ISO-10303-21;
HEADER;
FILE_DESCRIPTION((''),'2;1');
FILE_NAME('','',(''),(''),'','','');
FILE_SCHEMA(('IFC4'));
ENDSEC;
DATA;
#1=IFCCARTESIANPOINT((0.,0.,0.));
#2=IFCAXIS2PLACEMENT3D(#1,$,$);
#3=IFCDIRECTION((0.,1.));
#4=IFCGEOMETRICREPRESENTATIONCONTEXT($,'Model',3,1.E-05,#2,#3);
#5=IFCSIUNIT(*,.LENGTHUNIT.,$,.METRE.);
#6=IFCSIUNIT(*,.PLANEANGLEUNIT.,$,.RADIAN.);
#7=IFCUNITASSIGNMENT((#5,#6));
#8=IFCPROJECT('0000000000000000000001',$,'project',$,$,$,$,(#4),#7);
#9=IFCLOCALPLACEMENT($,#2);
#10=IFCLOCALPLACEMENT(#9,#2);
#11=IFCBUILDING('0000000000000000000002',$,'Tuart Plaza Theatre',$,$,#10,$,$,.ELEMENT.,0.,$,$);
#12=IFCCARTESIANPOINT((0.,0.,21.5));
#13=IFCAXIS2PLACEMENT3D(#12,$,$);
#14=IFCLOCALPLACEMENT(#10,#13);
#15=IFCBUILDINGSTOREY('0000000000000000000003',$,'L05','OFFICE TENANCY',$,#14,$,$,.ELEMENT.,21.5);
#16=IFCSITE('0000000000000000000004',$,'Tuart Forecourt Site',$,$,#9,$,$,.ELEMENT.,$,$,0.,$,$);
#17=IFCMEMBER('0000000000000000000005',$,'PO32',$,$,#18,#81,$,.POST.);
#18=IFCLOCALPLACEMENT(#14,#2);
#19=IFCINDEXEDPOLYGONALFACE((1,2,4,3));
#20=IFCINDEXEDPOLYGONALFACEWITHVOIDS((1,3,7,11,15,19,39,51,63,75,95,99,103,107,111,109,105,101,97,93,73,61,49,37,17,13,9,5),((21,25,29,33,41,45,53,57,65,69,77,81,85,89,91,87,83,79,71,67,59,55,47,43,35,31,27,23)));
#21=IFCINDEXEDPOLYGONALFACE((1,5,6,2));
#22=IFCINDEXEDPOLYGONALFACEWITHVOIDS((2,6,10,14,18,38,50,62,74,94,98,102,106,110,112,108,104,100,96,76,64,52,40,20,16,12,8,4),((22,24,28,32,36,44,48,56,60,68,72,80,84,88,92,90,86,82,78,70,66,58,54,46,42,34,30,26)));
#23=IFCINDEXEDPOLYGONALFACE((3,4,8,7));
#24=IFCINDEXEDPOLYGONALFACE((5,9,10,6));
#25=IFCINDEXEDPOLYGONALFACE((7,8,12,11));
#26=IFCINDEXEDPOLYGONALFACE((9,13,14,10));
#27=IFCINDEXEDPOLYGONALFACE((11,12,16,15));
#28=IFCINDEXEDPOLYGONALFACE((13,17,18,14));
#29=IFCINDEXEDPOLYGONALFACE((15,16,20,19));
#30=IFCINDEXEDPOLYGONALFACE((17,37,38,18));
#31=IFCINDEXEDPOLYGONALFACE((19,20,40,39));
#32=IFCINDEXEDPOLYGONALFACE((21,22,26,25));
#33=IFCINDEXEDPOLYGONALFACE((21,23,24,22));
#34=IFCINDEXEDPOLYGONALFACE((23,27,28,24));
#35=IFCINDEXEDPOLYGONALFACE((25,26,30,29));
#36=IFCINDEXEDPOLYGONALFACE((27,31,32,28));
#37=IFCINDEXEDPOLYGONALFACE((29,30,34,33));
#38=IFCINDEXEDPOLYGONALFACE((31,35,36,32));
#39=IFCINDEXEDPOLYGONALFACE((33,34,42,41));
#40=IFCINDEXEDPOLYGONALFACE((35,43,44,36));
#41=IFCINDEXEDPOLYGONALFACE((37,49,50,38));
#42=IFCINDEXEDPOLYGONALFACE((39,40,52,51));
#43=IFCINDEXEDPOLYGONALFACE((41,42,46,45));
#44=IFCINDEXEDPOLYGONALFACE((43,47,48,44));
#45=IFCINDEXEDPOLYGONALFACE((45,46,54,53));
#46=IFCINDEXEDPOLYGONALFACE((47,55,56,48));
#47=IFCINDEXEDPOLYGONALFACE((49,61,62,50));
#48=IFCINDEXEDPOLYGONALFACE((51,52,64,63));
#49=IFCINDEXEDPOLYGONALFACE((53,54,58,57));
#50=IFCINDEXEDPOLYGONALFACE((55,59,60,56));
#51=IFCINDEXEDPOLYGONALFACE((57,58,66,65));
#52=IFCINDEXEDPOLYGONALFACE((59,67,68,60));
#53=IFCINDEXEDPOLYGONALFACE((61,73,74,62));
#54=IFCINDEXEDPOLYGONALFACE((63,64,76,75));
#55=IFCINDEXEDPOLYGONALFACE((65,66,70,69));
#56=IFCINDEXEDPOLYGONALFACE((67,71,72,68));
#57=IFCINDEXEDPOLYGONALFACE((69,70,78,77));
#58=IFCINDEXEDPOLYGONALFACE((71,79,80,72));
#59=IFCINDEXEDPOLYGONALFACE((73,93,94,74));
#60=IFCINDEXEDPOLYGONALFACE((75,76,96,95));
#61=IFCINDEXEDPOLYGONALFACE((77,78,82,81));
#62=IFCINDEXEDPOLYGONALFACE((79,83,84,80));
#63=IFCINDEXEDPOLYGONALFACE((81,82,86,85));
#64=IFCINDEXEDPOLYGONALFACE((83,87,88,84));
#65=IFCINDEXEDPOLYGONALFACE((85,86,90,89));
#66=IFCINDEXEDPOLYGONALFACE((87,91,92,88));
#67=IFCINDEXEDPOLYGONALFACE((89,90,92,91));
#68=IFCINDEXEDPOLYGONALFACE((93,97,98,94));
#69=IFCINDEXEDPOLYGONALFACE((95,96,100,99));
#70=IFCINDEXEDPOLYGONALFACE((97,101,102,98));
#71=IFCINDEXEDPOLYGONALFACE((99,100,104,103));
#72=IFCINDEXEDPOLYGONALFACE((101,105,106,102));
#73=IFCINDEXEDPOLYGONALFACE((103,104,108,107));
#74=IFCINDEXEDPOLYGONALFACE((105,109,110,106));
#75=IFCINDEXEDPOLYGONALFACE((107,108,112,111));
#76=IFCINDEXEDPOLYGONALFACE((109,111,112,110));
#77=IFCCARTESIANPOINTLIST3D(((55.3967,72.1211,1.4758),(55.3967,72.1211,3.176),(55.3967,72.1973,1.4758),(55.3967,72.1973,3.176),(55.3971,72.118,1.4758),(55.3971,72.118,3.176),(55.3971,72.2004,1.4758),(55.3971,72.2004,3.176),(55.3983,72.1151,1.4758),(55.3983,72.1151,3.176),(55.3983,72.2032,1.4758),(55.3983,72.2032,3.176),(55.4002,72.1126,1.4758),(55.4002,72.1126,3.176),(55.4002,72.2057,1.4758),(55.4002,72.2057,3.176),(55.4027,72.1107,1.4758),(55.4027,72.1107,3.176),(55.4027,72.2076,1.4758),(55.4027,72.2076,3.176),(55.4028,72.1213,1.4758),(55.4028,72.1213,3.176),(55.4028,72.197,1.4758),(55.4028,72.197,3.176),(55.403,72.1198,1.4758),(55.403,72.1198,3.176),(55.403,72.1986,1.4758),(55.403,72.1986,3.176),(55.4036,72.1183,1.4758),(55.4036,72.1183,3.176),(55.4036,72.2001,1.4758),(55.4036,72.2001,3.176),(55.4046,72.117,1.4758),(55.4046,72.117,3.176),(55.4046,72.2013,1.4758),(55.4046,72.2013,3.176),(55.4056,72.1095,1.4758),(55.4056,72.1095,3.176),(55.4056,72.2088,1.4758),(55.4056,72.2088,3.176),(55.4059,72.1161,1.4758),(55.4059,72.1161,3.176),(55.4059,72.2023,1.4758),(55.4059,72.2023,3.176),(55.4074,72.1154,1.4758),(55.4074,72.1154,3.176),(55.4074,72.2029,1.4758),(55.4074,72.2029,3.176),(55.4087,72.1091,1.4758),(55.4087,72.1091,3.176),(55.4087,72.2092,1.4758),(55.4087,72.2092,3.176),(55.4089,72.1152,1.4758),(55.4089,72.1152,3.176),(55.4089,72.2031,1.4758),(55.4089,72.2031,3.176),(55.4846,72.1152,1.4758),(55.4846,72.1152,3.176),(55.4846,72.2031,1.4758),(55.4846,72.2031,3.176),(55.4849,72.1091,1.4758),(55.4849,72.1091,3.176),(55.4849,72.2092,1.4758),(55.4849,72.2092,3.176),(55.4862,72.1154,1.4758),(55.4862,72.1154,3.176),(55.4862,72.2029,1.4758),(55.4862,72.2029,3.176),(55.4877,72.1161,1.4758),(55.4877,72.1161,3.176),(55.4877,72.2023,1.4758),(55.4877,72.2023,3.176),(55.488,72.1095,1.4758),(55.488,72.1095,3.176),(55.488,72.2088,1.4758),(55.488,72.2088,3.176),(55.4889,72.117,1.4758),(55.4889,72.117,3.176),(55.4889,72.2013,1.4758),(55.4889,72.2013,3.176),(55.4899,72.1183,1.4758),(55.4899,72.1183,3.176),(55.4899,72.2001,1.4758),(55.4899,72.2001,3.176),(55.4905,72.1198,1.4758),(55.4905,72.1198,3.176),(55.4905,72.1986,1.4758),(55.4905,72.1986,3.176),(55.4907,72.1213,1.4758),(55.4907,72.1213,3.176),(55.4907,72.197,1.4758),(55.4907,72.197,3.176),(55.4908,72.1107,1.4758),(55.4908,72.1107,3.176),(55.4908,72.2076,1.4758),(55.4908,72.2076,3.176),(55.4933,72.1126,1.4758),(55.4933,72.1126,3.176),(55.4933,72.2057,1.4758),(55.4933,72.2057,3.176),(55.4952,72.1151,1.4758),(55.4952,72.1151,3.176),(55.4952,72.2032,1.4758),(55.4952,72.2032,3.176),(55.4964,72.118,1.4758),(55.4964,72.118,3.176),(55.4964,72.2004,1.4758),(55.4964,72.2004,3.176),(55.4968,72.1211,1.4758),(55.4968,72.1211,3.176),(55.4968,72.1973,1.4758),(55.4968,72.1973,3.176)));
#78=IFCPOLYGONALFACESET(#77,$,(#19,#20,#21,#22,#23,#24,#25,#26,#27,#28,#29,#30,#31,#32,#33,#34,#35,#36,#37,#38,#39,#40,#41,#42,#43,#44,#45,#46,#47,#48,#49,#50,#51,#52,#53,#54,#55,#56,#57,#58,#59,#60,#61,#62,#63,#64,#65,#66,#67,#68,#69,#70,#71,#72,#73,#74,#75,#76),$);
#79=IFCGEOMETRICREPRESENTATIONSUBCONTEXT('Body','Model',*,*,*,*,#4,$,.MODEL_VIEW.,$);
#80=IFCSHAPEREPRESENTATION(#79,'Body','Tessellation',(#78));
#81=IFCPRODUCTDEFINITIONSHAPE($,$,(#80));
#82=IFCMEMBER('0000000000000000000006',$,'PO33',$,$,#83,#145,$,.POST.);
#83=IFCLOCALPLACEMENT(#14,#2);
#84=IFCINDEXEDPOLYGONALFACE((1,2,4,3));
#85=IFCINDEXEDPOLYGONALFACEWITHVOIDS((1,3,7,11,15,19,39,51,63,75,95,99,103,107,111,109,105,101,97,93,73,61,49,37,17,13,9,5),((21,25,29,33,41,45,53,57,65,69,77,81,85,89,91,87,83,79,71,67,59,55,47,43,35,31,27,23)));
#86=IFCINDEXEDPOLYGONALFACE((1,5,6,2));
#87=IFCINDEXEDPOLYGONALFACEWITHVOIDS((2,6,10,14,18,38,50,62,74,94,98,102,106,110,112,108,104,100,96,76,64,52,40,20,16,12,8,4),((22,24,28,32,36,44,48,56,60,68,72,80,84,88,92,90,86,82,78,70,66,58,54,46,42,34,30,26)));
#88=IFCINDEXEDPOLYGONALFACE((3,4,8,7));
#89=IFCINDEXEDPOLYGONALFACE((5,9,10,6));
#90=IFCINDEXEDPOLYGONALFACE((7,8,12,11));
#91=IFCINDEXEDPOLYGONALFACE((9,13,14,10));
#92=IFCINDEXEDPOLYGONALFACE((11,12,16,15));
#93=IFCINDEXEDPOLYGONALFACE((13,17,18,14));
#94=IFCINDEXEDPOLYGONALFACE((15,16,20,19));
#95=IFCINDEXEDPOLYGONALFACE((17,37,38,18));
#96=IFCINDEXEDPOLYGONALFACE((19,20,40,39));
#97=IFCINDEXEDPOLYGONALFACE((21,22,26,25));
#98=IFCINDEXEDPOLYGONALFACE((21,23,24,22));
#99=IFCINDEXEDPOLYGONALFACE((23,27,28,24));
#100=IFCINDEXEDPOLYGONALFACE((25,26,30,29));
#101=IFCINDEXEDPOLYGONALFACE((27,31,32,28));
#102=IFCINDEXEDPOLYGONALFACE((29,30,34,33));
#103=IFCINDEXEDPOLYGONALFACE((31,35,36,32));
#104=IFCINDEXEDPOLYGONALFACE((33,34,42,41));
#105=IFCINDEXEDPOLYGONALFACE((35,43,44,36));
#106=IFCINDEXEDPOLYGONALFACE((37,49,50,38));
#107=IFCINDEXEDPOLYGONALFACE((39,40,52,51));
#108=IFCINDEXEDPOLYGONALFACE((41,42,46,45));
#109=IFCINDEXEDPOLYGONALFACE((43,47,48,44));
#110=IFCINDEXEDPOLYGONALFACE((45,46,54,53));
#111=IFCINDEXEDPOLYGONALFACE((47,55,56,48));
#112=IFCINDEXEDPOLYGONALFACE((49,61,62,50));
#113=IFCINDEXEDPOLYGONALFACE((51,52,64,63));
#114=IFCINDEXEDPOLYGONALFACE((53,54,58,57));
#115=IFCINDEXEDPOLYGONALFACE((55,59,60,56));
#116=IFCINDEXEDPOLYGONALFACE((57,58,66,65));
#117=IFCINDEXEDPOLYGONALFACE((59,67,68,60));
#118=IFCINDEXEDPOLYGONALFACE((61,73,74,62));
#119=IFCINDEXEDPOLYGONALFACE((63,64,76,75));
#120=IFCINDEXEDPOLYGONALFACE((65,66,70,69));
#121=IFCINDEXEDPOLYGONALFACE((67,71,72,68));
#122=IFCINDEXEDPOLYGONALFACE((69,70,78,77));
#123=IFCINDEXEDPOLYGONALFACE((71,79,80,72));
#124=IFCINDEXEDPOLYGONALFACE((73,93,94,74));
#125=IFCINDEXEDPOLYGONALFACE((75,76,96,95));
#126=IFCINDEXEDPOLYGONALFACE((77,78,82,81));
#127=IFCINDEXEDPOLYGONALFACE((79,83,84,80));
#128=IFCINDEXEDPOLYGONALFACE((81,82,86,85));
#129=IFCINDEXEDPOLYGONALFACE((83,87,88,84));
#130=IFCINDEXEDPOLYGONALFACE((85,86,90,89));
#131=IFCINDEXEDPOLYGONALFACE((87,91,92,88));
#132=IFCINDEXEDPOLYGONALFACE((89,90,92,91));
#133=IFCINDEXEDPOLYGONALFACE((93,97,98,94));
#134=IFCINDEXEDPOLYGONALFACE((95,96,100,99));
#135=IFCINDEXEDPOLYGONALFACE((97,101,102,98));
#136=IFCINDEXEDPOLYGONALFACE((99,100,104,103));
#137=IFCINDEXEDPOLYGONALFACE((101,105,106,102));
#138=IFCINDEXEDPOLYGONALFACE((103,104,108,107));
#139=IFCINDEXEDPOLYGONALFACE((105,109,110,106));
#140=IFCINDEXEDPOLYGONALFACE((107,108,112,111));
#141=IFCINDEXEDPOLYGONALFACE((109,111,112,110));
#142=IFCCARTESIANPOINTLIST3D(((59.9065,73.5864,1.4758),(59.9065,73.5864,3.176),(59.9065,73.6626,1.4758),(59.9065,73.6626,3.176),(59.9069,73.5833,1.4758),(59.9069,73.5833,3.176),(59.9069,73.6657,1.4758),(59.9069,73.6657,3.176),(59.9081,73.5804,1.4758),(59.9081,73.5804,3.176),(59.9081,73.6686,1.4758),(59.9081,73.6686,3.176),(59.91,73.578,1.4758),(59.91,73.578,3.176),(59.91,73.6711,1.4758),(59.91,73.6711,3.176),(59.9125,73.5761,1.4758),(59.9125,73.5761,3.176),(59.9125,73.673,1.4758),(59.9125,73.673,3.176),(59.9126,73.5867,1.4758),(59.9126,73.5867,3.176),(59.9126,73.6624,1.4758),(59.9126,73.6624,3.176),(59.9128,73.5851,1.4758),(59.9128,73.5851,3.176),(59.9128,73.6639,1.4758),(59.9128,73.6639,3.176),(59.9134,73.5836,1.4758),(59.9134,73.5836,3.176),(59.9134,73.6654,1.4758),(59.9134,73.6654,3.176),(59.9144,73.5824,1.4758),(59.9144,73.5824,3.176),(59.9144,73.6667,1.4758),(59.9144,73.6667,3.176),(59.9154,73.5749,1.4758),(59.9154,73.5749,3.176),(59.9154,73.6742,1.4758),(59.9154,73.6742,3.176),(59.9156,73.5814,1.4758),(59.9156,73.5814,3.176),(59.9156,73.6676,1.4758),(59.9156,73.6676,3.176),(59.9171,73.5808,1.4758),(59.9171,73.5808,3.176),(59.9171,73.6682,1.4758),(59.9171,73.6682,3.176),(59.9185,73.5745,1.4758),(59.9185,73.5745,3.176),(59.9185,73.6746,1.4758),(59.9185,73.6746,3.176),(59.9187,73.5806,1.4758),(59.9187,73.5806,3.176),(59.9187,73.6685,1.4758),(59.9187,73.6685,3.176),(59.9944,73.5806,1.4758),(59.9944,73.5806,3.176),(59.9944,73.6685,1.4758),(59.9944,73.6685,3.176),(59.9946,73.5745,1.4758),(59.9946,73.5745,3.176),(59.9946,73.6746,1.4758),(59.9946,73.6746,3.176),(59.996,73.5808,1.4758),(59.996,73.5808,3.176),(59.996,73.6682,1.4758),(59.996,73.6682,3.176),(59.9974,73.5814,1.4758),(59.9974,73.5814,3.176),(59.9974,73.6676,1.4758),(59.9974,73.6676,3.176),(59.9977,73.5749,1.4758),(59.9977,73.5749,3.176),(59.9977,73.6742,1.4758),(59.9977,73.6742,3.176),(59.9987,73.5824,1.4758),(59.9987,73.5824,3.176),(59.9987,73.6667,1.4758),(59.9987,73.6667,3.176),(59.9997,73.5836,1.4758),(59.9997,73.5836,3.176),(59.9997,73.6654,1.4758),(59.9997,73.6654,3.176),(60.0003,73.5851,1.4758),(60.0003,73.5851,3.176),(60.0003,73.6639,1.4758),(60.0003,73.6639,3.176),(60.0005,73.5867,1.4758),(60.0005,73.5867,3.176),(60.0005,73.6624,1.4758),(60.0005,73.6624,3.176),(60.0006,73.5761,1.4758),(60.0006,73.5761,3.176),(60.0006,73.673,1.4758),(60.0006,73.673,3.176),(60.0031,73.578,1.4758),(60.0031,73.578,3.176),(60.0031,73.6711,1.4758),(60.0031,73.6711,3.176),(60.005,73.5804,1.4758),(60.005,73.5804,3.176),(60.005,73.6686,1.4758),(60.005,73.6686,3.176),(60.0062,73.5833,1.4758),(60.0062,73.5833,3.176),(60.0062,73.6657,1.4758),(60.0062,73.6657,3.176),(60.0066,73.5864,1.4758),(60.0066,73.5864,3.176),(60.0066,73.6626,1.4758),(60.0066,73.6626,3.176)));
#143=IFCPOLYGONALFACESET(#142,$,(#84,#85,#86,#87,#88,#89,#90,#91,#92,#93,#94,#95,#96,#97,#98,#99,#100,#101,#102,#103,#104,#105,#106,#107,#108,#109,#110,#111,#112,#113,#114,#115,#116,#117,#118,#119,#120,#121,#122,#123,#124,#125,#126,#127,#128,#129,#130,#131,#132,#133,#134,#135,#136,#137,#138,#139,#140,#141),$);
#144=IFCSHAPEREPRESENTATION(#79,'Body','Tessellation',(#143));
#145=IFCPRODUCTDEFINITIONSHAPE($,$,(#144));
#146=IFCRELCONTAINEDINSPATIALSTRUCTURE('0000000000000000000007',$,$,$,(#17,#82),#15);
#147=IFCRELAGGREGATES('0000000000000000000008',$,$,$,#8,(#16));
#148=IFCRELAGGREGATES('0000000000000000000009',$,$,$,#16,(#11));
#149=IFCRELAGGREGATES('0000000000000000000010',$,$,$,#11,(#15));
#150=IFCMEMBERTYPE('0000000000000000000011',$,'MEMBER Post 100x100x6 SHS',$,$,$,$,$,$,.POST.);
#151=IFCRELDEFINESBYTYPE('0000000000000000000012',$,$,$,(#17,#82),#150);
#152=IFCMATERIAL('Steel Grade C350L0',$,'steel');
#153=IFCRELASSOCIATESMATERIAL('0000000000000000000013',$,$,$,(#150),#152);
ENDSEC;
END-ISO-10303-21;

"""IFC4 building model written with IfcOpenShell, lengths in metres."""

from ifc_helpers import new_model, si_unit, direction, frame, origin, origin_2d, place, context, subcontext, project, spatial, hollow_rectangle, extrude, material, material_profile, profile_set, type_object, element, save


model = new_model("IFC4")

# Units and contexts
model_context = context("Model", 3, precision=1e-05, world=origin(), true_north=direction((0.0, 1.0)))
body_context = subcontext(model_context, "Body", "Model", "MODEL_VIEW")
ifc_project = project(units=[si_unit("LENGTHUNIT", "METRE"), si_unit("PLANEANGLEUNIT", "RADIAN")], contexts=[model_context])

# Site, building, storey
site_placement = place(None, origin())
site = spatial("IfcSite", under=ifc_project, at=site_placement, Name="Tuart Forecourt Site", CompositionType="ELEMENT", RefElevation=0.0)
building_placement = place(site_placement, origin())
building = spatial("IfcBuilding", under=site, at=building_placement, Name="Tuart Plaza Theatre", CompositionType="ELEMENT", ElevationOfRefHeight=0.0)
storey_placement = place(building_placement, frame((0.0, 0.0, 21.5)))
storey = spatial("IfcBuildingStorey", under=building, at=storey_placement, Name="L05", Description="OFFICE TENANCY", CompositionType="ELEMENT", Elevation=21.5)

# Members
ifc_material_1 = material(Name="Steel Grade C350L0", Category="steel")
ifc_material_profile_1 = material_profile(ifc_material_1, hollow_rectangle(XDim=0.1001, YDim=0.1001, WallThickness=0.0061, InnerFilletRadius=0.0061, OuterFilletRadius=0.012, at=origin_2d()), Name="100x100x6 SHS")
ifc_profile_set_1 = profile_set([ifc_material_profile_1], Name="Steel Grade C350L0")
member_type_1 = type_object("IfcMemberType", Name="MEMBER Post 100x100x6 SHS", PredefinedType="POST", material=ifc_profile_set_1)
for number, where, z_axis, x_axis, name in (
    (1, (55.4468, 72.1592, 1.4758), (0.0, 0.0, 1.0), (1.0, 0.0, 0.0), "PO32"),
    (2, (59.9565, 73.6245, 1.4758), (0.0, 0.0, 1.0), (1.0, 0.0, 0.0), "PO33"),
):
    element("IfcMember", number, at=place(storey_placement, frame(where, z_axis=z_axis, x_axis=x_axis)), inside=storey, type_object=member_type_1, Name=name, PredefinedType="POST", context=body_context, shape_type="SweptSolid", body=[
        extrude(hollow_rectangle(XDim=0.1001, YDim=0.1001, WallThickness=0.0061, InnerFilletRadius=0.0061, OuterFilletRadius=0.012, at=origin_2d()), origin(), (0.0, 0.0, 1.0), 1.7002),
    ])

save(model, "model.ifc")
